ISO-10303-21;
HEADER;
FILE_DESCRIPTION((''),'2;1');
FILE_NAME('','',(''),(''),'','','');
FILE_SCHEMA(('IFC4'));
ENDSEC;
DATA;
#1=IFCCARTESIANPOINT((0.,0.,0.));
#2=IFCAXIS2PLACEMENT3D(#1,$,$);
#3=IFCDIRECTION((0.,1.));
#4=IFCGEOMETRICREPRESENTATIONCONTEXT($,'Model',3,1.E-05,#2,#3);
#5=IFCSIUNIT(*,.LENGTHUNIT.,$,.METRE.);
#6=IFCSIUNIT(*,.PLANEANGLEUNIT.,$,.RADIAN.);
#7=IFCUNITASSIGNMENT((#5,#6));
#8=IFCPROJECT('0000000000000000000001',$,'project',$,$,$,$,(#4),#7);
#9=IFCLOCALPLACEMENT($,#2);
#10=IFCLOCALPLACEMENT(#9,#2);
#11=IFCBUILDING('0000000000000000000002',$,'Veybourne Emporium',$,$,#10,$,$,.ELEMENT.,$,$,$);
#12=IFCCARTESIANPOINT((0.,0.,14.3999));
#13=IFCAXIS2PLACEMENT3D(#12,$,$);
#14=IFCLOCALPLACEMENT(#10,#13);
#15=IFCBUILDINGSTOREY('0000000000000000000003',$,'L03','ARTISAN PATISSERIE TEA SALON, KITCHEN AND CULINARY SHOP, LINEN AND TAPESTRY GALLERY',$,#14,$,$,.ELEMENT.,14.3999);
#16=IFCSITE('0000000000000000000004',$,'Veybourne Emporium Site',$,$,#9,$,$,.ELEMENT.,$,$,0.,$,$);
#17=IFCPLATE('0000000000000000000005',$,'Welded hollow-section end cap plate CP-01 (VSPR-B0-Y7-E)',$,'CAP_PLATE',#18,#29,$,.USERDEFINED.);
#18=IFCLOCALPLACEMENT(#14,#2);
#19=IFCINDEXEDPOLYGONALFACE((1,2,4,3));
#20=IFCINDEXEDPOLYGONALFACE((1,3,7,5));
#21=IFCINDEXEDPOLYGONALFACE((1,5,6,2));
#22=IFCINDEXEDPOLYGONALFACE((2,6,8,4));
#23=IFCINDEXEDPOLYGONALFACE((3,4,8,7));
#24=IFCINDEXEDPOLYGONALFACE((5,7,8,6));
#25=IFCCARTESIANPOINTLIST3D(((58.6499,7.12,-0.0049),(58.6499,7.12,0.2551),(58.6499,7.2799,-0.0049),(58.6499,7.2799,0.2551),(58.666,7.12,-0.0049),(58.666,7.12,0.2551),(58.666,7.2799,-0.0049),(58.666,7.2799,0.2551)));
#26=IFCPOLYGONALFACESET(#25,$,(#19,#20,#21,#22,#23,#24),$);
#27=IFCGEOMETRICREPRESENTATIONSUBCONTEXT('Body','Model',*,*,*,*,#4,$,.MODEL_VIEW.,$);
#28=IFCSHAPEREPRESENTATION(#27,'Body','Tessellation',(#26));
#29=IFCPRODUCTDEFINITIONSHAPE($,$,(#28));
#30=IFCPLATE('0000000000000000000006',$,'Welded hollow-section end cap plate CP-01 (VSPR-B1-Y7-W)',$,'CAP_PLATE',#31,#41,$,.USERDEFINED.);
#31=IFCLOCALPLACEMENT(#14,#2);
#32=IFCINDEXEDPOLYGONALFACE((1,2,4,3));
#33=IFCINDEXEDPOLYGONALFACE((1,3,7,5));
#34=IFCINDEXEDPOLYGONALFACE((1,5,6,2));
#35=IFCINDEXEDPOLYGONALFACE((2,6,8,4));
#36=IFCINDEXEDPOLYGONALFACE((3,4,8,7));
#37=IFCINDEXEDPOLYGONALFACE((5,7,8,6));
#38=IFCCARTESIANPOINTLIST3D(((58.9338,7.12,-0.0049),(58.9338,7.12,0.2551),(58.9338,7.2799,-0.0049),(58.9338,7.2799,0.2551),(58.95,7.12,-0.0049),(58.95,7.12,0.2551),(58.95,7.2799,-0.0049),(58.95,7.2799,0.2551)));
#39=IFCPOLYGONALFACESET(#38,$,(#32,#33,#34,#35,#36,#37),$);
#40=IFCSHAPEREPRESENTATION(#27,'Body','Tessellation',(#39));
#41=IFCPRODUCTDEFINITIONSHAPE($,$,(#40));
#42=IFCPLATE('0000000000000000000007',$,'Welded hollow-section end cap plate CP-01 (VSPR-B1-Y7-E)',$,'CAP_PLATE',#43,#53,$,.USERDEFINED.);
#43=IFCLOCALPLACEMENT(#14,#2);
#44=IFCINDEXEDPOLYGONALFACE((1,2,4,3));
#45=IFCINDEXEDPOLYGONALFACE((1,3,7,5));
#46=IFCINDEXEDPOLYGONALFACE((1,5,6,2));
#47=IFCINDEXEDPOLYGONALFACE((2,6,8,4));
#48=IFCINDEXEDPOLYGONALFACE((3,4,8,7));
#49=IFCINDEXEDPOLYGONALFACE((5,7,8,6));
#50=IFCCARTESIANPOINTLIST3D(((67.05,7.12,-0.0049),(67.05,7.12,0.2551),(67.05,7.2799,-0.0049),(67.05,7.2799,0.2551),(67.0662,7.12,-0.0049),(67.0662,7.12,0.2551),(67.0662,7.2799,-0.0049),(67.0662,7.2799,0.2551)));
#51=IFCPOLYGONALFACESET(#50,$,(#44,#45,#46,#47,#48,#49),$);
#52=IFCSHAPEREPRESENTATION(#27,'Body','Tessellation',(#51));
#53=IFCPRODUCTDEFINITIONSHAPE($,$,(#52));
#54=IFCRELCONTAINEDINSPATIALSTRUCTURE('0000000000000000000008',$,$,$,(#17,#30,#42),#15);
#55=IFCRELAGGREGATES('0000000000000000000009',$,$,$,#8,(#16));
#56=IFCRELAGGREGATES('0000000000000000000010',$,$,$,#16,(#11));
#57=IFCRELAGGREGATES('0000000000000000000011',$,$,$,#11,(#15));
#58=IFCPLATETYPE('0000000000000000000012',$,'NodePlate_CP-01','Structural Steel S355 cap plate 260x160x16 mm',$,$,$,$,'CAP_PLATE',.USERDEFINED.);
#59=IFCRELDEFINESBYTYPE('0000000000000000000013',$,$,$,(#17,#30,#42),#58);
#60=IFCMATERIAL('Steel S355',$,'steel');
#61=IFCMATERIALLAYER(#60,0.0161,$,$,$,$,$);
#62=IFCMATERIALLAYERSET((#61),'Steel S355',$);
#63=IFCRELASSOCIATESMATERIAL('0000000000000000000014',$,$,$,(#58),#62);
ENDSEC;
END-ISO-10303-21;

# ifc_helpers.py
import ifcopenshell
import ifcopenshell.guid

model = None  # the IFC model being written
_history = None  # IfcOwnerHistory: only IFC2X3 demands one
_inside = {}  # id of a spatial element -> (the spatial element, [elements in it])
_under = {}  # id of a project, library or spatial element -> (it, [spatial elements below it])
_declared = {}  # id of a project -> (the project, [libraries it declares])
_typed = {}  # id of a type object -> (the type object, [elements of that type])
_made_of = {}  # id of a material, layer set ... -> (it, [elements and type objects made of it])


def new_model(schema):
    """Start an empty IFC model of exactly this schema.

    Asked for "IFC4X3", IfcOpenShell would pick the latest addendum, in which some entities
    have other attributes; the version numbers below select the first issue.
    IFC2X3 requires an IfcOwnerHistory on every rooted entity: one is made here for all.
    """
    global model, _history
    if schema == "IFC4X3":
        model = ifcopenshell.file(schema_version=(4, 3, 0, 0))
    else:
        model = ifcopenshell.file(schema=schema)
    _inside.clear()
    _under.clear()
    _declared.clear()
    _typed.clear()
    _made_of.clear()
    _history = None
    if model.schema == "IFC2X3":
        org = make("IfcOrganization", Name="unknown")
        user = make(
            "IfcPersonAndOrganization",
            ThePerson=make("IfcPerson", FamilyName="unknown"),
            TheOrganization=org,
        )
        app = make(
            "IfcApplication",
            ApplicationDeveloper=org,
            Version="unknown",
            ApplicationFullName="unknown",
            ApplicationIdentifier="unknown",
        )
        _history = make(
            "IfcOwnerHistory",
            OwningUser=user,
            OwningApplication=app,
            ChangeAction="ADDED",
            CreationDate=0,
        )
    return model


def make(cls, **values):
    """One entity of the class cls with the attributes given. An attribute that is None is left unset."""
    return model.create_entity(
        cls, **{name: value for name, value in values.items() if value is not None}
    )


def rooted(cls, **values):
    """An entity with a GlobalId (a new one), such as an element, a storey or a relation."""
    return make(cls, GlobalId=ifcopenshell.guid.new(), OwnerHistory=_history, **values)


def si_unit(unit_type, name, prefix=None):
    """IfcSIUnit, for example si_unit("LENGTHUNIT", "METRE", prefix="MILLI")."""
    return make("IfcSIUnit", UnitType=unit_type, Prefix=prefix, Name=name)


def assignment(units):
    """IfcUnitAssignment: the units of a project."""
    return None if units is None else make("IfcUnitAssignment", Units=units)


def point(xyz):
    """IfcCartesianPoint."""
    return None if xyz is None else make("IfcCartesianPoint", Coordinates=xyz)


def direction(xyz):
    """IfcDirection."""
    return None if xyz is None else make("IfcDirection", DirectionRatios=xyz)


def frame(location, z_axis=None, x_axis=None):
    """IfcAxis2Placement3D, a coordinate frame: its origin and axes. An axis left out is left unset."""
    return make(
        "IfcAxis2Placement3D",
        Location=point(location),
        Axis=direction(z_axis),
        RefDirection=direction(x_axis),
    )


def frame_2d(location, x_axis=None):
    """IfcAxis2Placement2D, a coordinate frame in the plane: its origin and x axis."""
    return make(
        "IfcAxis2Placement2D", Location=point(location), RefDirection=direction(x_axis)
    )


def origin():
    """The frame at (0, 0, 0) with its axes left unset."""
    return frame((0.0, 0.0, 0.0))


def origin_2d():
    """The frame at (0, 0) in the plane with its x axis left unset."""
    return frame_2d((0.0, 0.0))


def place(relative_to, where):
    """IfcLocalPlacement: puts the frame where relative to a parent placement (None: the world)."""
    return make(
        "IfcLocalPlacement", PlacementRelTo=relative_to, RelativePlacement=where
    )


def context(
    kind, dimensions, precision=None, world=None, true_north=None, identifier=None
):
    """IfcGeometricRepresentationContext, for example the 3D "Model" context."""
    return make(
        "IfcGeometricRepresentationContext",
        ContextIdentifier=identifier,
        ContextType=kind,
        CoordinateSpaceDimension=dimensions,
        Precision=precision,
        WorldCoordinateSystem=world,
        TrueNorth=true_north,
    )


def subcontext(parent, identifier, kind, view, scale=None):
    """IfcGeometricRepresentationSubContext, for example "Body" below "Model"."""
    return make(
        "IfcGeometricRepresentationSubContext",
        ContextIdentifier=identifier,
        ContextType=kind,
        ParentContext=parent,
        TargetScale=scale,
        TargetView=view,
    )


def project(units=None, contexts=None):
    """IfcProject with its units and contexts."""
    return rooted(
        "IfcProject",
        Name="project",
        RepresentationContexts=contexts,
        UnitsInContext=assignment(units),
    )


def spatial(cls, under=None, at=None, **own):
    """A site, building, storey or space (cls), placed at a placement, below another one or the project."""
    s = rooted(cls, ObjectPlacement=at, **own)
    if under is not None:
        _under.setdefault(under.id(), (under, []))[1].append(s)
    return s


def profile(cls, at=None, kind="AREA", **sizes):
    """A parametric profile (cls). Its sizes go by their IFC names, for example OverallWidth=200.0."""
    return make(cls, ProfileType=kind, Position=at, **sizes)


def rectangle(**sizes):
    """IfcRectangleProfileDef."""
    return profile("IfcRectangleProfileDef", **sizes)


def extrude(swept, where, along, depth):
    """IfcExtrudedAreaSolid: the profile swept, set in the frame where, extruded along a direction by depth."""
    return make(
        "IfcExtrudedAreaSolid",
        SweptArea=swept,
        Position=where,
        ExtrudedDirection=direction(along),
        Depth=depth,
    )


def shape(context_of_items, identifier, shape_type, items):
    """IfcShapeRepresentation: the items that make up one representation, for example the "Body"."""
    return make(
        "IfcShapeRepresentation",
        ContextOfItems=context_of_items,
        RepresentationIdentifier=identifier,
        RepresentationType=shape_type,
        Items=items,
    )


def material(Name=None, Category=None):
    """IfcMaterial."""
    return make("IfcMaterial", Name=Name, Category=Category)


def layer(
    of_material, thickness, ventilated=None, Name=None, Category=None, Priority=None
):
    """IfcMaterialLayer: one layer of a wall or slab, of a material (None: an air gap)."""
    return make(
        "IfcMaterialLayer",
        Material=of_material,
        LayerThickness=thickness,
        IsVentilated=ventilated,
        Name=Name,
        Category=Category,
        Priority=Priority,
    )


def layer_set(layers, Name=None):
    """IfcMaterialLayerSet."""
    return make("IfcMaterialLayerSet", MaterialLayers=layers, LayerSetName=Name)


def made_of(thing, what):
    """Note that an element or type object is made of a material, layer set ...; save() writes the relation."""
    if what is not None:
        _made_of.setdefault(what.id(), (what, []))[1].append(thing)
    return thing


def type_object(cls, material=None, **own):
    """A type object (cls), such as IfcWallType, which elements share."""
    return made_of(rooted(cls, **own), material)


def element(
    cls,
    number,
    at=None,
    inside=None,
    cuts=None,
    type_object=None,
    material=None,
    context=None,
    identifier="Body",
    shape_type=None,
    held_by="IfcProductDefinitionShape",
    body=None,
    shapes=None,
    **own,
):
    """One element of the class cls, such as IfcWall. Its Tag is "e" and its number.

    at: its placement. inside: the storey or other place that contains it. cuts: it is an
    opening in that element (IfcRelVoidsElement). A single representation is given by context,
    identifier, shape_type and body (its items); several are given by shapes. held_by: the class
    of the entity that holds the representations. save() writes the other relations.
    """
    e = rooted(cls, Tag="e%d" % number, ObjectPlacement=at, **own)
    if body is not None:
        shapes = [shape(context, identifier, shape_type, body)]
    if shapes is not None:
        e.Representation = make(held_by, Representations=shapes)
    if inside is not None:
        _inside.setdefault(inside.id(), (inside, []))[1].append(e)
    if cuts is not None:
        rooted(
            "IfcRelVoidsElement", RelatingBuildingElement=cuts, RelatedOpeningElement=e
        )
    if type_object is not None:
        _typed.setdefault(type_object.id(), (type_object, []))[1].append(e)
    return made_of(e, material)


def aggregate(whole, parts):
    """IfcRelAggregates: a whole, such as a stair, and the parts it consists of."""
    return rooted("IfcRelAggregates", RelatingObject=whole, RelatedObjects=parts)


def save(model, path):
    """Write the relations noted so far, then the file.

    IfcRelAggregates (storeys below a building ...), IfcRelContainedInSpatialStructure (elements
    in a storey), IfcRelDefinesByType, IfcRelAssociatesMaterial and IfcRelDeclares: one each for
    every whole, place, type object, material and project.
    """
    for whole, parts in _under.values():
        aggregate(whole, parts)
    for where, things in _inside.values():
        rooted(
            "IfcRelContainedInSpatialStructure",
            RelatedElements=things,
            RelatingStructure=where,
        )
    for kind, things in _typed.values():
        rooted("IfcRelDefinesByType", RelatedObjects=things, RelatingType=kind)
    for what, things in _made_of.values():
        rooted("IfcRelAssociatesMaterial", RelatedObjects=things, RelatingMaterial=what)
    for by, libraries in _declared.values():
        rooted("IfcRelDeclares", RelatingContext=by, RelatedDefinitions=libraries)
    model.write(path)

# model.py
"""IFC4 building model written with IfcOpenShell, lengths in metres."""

from ifc_helpers import new_model, si_unit, direction, frame, origin, origin_2d, place, context, subcontext, project, spatial, rectangle, extrude, material, layer, layer_set, type_object, element, save


model = new_model("IFC4")

# Units and contexts
model_context = context("Model", 3, precision=1e-05, world=origin(), true_north=direction((0.0, 1.0)))
body_context = subcontext(model_context, "Body", "Model", "MODEL_VIEW")
ifc_project = project(units=[si_unit("LENGTHUNIT", "METRE"), si_unit("PLANEANGLEUNIT", "RADIAN")], contexts=[model_context])

# Site, building, storey
site_placement = place(None, origin())
site = spatial("IfcSite", under=ifc_project, at=site_placement, Name="Veybourne Emporium Site", CompositionType="ELEMENT", RefElevation=0.0)
building_placement = place(site_placement, origin())
building = spatial("IfcBuilding", under=site, at=building_placement, Name="Veybourne Emporium", CompositionType="ELEMENT")
storey_placement = place(building_placement, frame((0.0, 0.0, 14.3999)))
storey = spatial("IfcBuildingStorey", under=building, at=storey_placement, Name="L03", Description="ARTISAN PATISSERIE TEA SALON, KITCHEN AND CULINARY SHOP, LINEN AND TAPESTRY GALLERY", CompositionType="ELEMENT", Elevation=14.3999)

# Shared definitions
ifc_material_1 = material(Name="Steel S355", Category="steel")

# Plates
ifc_layer_1 = layer(ifc_material_1, 0.0161)
ifc_layer_set_1 = layer_set([ifc_layer_1], Name="Steel S355")
plate_type_1 = type_object("IfcPlateType", Name="NodePlate_CP-01", Description="Structural Steel S355 cap plate 260x160x16 mm", ElementType="CAP_PLATE", PredefinedType="USERDEFINED", material=ifc_layer_set_1)
for number, where, z_axis, x_axis, name in (
    (1, (58.658, 7.2, -0.0049), (0.0, 0.0, 1.0), (1.0, 0.0, 0.0), "Welded hollow-section end cap plate CP-01 (VSPR-B0-Y7-E)"),
    (2, (58.9419, 7.2, -0.0049), (0.0, 0.0, 1.0), (1.0, 0.0, 0.0), "Welded hollow-section end cap plate CP-01 (VSPR-B1-Y7-W)"),
    (3, (67.0581, 7.2, -0.0049), (0.0, 0.0, 1.0), (1.0, 0.0, 0.0), "Welded hollow-section end cap plate CP-01 (VSPR-B1-Y7-E)"),
):
    element("IfcPlate", number, at=place(storey_placement, frame(where, z_axis=z_axis, x_axis=x_axis)), inside=storey, type_object=plate_type_1, Name=name, ObjectType="CAP_PLATE", PredefinedType="USERDEFINED", context=body_context, shape_type="SweptSolid", body=[
        extrude(rectangle(XDim=0.0161, YDim=0.1599, at=origin_2d()), origin(), (0.0, 0.0, 1.0), 0.26),
    ])

save(model, "model.ifc")
